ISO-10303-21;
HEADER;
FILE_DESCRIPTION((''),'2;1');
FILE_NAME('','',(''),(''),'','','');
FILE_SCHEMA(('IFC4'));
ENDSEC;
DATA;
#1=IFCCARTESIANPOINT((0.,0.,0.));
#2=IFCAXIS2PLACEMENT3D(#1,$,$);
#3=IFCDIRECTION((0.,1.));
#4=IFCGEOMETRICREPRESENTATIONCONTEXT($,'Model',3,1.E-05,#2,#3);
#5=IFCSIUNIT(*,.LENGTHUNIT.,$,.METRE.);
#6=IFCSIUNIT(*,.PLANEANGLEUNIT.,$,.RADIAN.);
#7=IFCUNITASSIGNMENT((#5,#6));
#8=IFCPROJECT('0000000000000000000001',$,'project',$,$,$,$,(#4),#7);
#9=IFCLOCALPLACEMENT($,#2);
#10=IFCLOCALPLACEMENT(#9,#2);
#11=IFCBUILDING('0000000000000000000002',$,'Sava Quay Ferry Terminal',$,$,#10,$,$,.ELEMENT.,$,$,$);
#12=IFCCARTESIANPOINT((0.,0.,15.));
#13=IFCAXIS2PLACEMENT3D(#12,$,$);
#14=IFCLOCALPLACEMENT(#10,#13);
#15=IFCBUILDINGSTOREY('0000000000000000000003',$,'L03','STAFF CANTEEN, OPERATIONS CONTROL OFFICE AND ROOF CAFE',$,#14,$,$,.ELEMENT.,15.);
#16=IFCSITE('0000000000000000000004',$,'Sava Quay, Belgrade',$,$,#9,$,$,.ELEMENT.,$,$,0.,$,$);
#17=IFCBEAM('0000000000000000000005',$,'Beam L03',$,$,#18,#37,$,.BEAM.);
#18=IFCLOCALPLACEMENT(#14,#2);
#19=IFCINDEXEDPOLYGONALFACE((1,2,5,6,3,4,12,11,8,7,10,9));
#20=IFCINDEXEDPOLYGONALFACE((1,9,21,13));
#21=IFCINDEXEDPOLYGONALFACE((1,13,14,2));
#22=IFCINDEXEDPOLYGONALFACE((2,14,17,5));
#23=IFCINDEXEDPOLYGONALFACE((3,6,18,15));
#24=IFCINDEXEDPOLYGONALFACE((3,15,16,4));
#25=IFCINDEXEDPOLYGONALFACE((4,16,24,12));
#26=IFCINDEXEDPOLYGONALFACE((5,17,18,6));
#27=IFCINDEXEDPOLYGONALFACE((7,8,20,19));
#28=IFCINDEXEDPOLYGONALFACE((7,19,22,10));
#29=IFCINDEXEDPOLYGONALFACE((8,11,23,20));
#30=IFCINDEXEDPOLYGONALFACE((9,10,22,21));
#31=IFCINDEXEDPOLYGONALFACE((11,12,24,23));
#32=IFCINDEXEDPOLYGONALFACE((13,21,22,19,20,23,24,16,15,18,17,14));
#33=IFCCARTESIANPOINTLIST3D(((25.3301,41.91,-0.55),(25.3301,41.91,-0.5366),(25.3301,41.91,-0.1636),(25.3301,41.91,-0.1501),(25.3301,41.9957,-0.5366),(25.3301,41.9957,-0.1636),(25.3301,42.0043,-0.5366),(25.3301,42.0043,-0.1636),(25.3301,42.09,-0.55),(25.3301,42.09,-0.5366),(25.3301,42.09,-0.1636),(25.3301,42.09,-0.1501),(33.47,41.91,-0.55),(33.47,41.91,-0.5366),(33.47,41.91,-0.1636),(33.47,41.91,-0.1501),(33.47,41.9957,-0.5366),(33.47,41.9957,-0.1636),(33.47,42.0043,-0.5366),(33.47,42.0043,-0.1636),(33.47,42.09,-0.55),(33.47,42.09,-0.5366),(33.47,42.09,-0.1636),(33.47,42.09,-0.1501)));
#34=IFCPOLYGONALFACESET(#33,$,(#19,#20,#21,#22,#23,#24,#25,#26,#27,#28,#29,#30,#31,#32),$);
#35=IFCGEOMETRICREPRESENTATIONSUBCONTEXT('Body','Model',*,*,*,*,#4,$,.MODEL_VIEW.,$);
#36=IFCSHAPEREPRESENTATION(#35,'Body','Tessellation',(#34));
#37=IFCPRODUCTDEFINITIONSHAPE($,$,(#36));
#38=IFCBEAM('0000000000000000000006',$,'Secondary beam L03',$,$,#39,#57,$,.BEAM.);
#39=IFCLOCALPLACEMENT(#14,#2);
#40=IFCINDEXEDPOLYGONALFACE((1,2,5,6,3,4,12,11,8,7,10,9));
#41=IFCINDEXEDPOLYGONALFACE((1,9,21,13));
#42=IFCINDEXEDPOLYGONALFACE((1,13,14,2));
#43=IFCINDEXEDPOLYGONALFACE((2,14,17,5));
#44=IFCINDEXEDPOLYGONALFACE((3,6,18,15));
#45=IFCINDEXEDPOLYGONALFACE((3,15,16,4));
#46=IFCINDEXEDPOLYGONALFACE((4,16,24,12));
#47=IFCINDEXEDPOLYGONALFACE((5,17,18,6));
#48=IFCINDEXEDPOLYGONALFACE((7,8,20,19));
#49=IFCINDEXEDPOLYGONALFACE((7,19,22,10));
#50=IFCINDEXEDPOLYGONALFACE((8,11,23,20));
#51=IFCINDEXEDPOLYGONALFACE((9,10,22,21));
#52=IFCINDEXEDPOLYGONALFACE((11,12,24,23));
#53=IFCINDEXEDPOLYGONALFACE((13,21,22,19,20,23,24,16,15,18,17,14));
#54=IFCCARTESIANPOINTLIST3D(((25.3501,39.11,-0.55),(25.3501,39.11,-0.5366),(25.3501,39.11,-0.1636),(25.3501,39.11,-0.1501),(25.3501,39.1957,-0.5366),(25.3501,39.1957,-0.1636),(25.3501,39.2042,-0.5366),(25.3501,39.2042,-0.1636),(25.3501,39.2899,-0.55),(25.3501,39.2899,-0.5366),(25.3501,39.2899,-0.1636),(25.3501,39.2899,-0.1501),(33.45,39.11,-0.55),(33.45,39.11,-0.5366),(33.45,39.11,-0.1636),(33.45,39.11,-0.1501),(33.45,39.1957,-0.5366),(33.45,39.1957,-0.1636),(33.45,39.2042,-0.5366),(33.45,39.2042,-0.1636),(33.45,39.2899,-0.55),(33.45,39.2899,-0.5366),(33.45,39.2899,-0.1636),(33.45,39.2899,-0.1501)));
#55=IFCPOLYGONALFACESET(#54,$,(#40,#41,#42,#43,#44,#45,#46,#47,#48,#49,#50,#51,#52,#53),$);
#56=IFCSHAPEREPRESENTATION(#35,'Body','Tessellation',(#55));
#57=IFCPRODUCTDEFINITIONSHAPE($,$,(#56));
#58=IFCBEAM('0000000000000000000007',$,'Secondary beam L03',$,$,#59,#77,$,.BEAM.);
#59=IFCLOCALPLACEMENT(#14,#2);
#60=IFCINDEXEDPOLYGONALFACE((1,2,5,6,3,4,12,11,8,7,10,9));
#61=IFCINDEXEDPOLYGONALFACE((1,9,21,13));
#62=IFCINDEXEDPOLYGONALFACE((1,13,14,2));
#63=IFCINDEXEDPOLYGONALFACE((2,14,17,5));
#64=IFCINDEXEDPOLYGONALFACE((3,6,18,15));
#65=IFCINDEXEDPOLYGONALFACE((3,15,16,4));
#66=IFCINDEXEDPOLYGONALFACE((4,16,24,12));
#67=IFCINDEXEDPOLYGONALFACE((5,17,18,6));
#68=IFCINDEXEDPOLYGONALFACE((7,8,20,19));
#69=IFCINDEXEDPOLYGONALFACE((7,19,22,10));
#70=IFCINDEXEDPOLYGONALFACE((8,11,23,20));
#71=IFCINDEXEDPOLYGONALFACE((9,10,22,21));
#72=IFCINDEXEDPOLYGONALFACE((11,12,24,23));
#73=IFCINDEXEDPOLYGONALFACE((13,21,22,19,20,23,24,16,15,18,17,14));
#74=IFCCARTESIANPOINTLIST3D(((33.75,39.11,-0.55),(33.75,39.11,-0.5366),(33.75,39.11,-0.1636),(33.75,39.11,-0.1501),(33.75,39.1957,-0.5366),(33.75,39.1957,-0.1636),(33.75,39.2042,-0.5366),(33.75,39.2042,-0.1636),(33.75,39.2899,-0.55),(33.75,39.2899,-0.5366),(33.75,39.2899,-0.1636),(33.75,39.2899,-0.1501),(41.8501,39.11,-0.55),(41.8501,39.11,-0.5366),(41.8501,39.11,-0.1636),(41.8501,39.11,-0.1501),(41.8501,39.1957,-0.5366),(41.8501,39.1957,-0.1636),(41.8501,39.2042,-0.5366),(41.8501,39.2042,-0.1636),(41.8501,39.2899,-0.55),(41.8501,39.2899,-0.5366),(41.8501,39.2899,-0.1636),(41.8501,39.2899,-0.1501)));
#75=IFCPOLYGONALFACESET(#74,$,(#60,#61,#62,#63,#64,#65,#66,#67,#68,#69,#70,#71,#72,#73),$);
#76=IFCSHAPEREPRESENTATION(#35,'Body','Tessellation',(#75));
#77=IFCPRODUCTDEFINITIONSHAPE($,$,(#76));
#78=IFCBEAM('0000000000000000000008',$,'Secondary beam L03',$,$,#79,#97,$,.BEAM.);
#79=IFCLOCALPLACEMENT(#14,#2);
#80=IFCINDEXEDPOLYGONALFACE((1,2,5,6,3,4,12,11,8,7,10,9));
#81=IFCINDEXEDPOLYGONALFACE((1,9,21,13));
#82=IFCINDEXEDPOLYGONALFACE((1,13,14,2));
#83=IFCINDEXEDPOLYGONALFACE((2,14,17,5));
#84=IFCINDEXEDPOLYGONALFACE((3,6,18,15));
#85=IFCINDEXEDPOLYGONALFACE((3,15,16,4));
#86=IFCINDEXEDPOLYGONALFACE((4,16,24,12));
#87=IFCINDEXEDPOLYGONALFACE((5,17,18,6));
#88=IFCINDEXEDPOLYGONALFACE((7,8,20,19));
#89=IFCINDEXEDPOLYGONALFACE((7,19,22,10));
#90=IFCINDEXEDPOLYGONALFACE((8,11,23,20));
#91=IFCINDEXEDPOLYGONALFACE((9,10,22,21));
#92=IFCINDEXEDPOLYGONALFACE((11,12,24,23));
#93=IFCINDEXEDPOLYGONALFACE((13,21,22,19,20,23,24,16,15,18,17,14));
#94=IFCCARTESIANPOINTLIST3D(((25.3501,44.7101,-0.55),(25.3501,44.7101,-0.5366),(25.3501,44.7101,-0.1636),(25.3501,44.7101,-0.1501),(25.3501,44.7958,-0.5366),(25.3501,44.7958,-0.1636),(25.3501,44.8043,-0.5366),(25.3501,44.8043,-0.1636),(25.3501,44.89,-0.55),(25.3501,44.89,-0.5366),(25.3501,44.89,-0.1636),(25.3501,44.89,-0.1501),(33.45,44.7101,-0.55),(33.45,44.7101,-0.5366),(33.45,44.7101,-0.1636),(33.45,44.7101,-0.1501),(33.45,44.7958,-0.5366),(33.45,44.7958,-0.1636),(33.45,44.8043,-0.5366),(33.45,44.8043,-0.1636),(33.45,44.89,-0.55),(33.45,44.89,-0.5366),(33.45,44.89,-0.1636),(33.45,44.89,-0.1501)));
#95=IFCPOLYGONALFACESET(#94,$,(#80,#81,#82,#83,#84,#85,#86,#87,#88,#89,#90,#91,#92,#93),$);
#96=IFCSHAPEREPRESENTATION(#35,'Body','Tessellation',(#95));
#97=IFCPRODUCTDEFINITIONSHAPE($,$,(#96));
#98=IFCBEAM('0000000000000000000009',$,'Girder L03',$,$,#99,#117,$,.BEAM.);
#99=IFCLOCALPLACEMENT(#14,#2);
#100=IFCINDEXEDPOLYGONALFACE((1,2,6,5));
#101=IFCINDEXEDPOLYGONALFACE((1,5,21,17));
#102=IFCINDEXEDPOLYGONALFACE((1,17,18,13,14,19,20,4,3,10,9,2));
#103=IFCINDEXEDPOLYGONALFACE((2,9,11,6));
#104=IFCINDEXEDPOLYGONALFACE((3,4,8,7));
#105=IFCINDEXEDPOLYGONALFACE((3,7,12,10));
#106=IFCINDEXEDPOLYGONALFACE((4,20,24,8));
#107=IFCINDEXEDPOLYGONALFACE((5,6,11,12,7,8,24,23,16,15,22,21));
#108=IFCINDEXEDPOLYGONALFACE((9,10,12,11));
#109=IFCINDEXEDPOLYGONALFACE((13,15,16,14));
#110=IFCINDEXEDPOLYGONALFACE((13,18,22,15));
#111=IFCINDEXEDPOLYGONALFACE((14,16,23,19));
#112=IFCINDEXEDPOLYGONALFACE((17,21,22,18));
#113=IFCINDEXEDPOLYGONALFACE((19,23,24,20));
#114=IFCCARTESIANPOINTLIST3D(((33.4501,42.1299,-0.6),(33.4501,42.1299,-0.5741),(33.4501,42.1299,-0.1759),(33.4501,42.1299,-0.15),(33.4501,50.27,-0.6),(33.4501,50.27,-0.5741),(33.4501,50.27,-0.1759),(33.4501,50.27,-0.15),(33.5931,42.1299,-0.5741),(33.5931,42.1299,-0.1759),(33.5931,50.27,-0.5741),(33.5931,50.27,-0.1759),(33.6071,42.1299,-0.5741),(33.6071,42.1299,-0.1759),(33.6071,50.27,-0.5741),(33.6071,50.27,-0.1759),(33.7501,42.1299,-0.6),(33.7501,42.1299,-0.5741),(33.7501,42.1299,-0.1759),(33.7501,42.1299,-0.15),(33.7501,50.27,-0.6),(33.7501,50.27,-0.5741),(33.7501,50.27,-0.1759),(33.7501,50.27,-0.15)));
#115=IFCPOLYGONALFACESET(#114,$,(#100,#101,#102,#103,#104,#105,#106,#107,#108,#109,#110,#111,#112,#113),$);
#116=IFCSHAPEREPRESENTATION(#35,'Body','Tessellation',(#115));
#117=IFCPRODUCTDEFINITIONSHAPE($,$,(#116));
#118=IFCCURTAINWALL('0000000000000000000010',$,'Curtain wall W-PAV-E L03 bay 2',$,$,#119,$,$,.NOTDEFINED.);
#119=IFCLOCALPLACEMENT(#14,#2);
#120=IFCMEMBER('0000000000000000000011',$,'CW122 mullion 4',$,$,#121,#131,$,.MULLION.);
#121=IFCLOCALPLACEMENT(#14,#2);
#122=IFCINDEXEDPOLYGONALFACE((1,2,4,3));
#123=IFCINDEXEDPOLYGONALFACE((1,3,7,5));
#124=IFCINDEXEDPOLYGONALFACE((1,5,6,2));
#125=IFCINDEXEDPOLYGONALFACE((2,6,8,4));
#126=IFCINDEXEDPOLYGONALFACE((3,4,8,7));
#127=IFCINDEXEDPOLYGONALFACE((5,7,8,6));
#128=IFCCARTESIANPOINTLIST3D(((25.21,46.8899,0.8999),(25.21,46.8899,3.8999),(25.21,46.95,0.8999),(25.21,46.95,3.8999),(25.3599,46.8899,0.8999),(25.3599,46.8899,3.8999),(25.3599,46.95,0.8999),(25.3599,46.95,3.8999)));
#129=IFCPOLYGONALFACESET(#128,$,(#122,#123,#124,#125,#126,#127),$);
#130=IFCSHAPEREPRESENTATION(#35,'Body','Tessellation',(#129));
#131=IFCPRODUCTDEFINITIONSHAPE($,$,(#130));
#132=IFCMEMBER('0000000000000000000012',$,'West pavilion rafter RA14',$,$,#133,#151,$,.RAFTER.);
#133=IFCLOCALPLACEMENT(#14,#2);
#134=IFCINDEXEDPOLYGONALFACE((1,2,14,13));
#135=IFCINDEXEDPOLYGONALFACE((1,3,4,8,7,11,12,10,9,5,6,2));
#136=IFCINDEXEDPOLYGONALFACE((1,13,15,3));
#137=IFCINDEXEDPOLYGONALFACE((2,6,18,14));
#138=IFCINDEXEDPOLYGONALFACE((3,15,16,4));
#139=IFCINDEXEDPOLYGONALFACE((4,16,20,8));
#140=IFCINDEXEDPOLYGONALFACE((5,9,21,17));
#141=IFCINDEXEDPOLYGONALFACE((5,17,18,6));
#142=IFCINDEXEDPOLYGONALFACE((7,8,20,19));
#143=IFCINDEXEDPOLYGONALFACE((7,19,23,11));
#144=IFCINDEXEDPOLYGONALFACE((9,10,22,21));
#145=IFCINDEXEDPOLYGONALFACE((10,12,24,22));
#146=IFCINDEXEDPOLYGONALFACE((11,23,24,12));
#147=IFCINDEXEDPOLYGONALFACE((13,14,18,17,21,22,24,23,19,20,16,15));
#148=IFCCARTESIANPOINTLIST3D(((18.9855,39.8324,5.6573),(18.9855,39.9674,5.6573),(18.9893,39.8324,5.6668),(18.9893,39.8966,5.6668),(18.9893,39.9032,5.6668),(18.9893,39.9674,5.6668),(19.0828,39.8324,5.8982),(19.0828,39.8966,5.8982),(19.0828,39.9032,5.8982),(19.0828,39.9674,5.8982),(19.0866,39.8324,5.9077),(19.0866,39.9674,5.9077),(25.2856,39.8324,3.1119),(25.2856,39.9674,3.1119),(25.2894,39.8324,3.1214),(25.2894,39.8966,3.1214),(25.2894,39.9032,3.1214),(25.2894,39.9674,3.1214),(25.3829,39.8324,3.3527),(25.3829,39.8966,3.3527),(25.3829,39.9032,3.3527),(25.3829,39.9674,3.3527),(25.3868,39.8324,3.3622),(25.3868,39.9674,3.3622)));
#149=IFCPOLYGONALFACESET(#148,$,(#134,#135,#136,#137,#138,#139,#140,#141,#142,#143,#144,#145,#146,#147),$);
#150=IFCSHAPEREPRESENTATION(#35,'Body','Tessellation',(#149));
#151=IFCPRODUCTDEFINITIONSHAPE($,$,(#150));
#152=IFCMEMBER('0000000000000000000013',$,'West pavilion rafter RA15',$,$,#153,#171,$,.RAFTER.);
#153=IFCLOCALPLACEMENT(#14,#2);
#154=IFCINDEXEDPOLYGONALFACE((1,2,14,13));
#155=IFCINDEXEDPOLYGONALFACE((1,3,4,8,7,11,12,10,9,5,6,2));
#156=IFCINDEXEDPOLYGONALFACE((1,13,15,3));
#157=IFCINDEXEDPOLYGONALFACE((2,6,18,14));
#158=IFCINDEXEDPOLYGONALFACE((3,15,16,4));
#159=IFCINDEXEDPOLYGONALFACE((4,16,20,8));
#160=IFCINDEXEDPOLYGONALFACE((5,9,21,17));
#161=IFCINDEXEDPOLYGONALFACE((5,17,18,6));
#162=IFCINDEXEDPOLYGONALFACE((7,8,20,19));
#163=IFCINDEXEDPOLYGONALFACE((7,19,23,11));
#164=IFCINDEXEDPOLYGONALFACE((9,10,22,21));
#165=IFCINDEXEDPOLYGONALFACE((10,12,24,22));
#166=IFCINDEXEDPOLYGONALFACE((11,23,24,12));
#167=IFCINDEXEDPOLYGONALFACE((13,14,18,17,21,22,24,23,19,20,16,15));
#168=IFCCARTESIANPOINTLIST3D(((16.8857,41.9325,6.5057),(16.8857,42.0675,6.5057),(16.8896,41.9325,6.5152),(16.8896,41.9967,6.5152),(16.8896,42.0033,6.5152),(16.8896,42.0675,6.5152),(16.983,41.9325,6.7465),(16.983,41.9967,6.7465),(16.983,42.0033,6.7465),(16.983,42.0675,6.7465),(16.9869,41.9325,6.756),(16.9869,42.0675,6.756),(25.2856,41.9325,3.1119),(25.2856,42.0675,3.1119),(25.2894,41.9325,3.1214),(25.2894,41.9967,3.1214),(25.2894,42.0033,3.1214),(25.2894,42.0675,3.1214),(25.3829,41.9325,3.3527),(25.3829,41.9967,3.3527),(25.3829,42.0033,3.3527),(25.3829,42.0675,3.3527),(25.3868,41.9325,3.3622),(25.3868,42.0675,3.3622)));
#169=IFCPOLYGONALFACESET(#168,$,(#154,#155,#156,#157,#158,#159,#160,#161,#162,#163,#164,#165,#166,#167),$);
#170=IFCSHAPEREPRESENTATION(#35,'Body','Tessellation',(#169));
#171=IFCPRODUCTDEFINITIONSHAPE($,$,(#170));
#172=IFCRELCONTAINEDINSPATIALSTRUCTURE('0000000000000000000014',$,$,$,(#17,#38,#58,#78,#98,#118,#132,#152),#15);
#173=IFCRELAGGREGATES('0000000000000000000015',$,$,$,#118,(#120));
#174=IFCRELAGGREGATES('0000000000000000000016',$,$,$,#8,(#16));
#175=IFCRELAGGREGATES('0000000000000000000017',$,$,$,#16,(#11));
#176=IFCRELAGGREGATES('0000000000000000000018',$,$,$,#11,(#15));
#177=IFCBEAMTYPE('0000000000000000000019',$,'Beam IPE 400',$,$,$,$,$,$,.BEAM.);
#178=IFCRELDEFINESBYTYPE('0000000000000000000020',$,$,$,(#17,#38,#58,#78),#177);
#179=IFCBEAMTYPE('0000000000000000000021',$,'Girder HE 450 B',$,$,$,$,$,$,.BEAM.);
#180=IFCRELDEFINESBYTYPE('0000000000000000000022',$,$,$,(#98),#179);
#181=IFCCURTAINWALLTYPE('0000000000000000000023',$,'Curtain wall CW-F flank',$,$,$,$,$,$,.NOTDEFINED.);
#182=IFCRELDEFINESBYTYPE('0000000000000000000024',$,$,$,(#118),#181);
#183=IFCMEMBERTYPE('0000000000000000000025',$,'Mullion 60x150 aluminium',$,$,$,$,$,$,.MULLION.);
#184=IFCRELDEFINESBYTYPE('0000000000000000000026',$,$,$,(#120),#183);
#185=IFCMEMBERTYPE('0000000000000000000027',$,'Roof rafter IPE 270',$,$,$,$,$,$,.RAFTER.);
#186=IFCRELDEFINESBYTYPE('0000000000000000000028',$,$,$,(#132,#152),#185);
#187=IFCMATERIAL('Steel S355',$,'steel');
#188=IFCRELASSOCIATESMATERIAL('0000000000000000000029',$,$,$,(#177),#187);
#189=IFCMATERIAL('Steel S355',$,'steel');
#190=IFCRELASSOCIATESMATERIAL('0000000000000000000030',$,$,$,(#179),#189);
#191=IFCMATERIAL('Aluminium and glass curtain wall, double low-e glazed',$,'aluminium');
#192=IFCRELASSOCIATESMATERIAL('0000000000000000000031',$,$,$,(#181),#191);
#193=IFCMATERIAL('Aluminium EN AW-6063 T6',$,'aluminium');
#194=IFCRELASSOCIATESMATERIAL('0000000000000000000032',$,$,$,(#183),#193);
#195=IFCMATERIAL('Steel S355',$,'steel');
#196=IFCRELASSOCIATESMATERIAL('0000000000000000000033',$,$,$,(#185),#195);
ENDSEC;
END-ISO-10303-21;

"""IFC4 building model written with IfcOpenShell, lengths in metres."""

from ifc_helpers import new_model, si_unit, direction, frame, origin, origin_2d, place, context, subcontext, project, spatial, rectangle, i_section, extrude, material, material_profile, profile_set, type_object, element, aggregate, save


model = new_model("IFC4")

# Units and contexts
model_context = context("Model", 3, precision=1e-05, world=origin(), true_north=direction((0.0, 1.0)))
body_context = subcontext(model_context, "Body", "Model", "MODEL_VIEW")
ifc_project = project(units=[si_unit("LENGTHUNIT", "METRE"), si_unit("PLANEANGLEUNIT", "RADIAN")], contexts=[model_context])

# Site, building, storey
site_placement = place(None, origin())
site = spatial("IfcSite", under=ifc_project, at=site_placement, Name="Sava Quay, Belgrade", CompositionType="ELEMENT", RefElevation=0.0)
building_placement = place(site_placement, origin())
building = spatial("IfcBuilding", under=site, at=building_placement, Name="Sava Quay Ferry Terminal", CompositionType="ELEMENT")
storey_placement = place(building_placement, frame((0.0, 0.0, 15.0)))
storey = spatial("IfcBuildingStorey", under=building, at=storey_placement, Name="L03", Description="STAFF CANTEEN, OPERATIONS CONTROL OFFICE AND ROOF CAFE", CompositionType="ELEMENT", Elevation=15.0)

# Beams
ifc_material_1 = material(Name="Steel S355", Category="steel")
ifc_material_profile_1 = material_profile(ifc_material_1, i_section(OverallWidth=0.1799, OverallDepth=0.3999, WebThickness=0.0085, FlangeThickness=0.0134, at=origin_2d()), Name="IPE 400")
ifc_profile_set_1 = profile_set([ifc_material_profile_1], Name="Steel S355")
beam_type_1 = type_object("IfcBeamType", Name="Beam IPE 400", PredefinedType="BEAM", material=ifc_profile_set_1)
beam_1_placement = place(storey_placement, frame((25.3301, 42.0, -0.3501), z_axis=(1.0, 0.0, 0.0), x_axis=(0.0, 1.0, 0.0)))
element("IfcBeam", 1, at=beam_1_placement, inside=storey, type_object=beam_type_1, Name="Beam L03", PredefinedType="BEAM", context=body_context, shape_type="SweptSolid", body=[
    extrude(i_section(OverallWidth=0.1799, OverallDepth=0.3999, WebThickness=0.0085, FlangeThickness=0.0134, at=origin_2d()), origin(), (0.0, 0.0, 1.0), 8.1399),
])
beam_2_placement = place(storey_placement, frame((25.3501, 39.2, -0.3501), z_axis=(1.0, 0.0, 0.0), x_axis=(0.0, 1.0, 0.0)))
element("IfcBeam", 2, at=beam_2_placement, inside=storey, type_object=beam_type_1, Name="Secondary beam L03", PredefinedType="BEAM", context=body_context, shape_type="SweptSolid", body=[
    extrude(i_section(OverallWidth=0.1799, OverallDepth=0.3999, WebThickness=0.0085, FlangeThickness=0.0134, at=origin_2d()), origin(), (0.0, 0.0, 1.0), 8.0999),
])
beam_3_placement = place(storey_placement, frame((33.75, 39.2, -0.3501), z_axis=(1.0, 0.0, 0.0), x_axis=(0.0, 1.0, 0.0)))
element("IfcBeam", 3, at=beam_3_placement, inside=storey, type_object=beam_type_1, Name="Secondary beam L03", PredefinedType="BEAM", context=body_context, shape_type="SweptSolid", body=[
    extrude(i_section(OverallWidth=0.1799, OverallDepth=0.3999, WebThickness=0.0085, FlangeThickness=0.0134, at=origin_2d()), origin(), (0.0, 0.0, 1.0), 8.1001),
])
beam_4_placement = place(storey_placement, frame((25.3501, 44.8, -0.3501), z_axis=(1.0, 0.0, 0.0), x_axis=(0.0, 1.0, 0.0)))
element("IfcBeam", 4, at=beam_4_placement, inside=storey, type_object=beam_type_1, Name="Secondary beam L03", PredefinedType="BEAM", context=body_context, shape_type="SweptSolid", body=[
    extrude(i_section(OverallWidth=0.1799, OverallDepth=0.3999, WebThickness=0.0085, FlangeThickness=0.0134, at=origin_2d()), origin(), (0.0, 0.0, 1.0), 8.0999),
])
ifc_material_2 = material(Name="Steel S355", Category="steel")
ifc_material_profile_2 = material_profile(ifc_material_2, i_section(OverallWidth=0.3, OverallDepth=0.45, WebThickness=0.0139, FlangeThickness=0.0259, at=origin_2d()), Name="HE 450 B")
ifc_profile_set_2 = profile_set([ifc_material_profile_2], Name="Steel S355")
beam_type_2 = type_object("IfcBeamType", Name="Girder HE 450 B", PredefinedType="BEAM", material=ifc_profile_set_2)
beam_5_placement = place(storey_placement, frame((33.6001, 42.1299, -0.375), z_axis=(0.0, 1.0, 0.0), x_axis=(-1.0, 0.0, 0.0)))
element("IfcBeam", 5, at=beam_5_placement, inside=storey, type_object=beam_type_2, Name="Girder L03", PredefinedType="BEAM", context=body_context, shape_type="SweptSolid", body=[
    extrude(i_section(OverallWidth=0.3, OverallDepth=0.45, WebThickness=0.0139, FlangeThickness=0.0259, at=origin_2d()), origin(), (0.0, 0.0, 1.0), 8.1401),
])

# Curtain wall, member
ifc_material_3 = material(Name="Aluminium and glass curtain wall, double low-e glazed", Category="aluminium")
curtain_wall_type = type_object("IfcCurtainWallType", Name="Curtain wall CW-F flank", PredefinedType="NOTDEFINED", material=ifc_material_3)
curtain_wall_placement = place(storey_placement, origin())
curtain_wall = element("IfcCurtainWall", 6, at=curtain_wall_placement, inside=storey, type_object=curtain_wall_type, Name="Curtain wall W-PAV-E L03 bay 2", PredefinedType="NOTDEFINED")
ifc_material_4 = material(Name="Aluminium EN AW-6063 T6", Category="aluminium")
ifc_material_profile_3 = material_profile(ifc_material_4, rectangle(XDim=0.1499, YDim=0.0601, at=origin_2d()), Name="Mullion 60x150 aluminium")
ifc_profile_set_3 = profile_set([ifc_material_profile_3], Name="Aluminium EN AW-6063 T6")
member_type_1 = type_object("IfcMemberType", Name="Mullion 60x150 aluminium", PredefinedType="MULLION", material=ifc_profile_set_3)
member_1_placement = place(storey_placement, frame((25.2849, 46.9199, 0.8999), z_axis=(0.0, 0.0, 1.0), x_axis=(-1.0, 0.0, 0.0)))
member_1 = element("IfcMember", 7, at=member_1_placement, type_object=member_type_1, Name="CW122 mullion 4", PredefinedType="MULLION", context=body_context, shape_type="SweptSolid", body=[
    extrude(rectangle(XDim=0.1499, YDim=0.0601, at=origin_2d()), origin(), (0.0, 0.0, 1.0), 3.0),
])

# Members
ifc_material_5 = material(Name="Steel S355", Category="steel")
ifc_material_profile_4 = material_profile(ifc_material_5, i_section(OverallWidth=0.135, OverallDepth=0.27, WebThickness=0.0066, FlangeThickness=0.0103, at=origin_2d()), Name="IPE 270")
ifc_profile_set_4 = profile_set([ifc_material_profile_4], Name="Steel S355")
member_type_2 = type_object("IfcMemberType", Name="Roof rafter IPE 270", PredefinedType="RAFTER", material=ifc_profile_set_4)
member_2_placement = place(storey_placement, frame((25.3362, 39.8999, 3.2371), z_axis=(-0.927183, 0.0, 0.37461), x_axis=(0.0, -1.0, 0.0)))
element("IfcMember", 8, at=member_2_placement, inside=storey, type_object=member_type_2, Name="West pavilion rafter RA14", PredefinedType="RAFTER", context=body_context, shape_type="SweptSolid", body=[
    extrude(i_section(OverallWidth=0.135, OverallDepth=0.27, WebThickness=0.0066, FlangeThickness=0.0103, at=origin_2d()), origin(), (0.0, 0.0, 1.0), 6.7949),
])
member_3_placement = place(storey_placement, frame((25.3362, 42.0, 3.2371), z_axis=(-0.927183, 0.0, 0.374608), x_axis=(0.0, -1.0, 0.0)))
element("IfcMember", 9, at=member_3_placement, inside=storey, type_object=member_type_2, Name="West pavilion rafter RA15", PredefinedType="RAFTER", context=body_context, shape_type="SweptSolid", body=[
    extrude(i_section(OverallWidth=0.135, OverallDepth=0.27, WebThickness=0.0066, FlangeThickness=0.0103, at=origin_2d()), origin(), (0.0, 0.0, 1.0), 9.0596),
])

aggregate(curtain_wall, [member_1])

save(model, "model.ifc")
